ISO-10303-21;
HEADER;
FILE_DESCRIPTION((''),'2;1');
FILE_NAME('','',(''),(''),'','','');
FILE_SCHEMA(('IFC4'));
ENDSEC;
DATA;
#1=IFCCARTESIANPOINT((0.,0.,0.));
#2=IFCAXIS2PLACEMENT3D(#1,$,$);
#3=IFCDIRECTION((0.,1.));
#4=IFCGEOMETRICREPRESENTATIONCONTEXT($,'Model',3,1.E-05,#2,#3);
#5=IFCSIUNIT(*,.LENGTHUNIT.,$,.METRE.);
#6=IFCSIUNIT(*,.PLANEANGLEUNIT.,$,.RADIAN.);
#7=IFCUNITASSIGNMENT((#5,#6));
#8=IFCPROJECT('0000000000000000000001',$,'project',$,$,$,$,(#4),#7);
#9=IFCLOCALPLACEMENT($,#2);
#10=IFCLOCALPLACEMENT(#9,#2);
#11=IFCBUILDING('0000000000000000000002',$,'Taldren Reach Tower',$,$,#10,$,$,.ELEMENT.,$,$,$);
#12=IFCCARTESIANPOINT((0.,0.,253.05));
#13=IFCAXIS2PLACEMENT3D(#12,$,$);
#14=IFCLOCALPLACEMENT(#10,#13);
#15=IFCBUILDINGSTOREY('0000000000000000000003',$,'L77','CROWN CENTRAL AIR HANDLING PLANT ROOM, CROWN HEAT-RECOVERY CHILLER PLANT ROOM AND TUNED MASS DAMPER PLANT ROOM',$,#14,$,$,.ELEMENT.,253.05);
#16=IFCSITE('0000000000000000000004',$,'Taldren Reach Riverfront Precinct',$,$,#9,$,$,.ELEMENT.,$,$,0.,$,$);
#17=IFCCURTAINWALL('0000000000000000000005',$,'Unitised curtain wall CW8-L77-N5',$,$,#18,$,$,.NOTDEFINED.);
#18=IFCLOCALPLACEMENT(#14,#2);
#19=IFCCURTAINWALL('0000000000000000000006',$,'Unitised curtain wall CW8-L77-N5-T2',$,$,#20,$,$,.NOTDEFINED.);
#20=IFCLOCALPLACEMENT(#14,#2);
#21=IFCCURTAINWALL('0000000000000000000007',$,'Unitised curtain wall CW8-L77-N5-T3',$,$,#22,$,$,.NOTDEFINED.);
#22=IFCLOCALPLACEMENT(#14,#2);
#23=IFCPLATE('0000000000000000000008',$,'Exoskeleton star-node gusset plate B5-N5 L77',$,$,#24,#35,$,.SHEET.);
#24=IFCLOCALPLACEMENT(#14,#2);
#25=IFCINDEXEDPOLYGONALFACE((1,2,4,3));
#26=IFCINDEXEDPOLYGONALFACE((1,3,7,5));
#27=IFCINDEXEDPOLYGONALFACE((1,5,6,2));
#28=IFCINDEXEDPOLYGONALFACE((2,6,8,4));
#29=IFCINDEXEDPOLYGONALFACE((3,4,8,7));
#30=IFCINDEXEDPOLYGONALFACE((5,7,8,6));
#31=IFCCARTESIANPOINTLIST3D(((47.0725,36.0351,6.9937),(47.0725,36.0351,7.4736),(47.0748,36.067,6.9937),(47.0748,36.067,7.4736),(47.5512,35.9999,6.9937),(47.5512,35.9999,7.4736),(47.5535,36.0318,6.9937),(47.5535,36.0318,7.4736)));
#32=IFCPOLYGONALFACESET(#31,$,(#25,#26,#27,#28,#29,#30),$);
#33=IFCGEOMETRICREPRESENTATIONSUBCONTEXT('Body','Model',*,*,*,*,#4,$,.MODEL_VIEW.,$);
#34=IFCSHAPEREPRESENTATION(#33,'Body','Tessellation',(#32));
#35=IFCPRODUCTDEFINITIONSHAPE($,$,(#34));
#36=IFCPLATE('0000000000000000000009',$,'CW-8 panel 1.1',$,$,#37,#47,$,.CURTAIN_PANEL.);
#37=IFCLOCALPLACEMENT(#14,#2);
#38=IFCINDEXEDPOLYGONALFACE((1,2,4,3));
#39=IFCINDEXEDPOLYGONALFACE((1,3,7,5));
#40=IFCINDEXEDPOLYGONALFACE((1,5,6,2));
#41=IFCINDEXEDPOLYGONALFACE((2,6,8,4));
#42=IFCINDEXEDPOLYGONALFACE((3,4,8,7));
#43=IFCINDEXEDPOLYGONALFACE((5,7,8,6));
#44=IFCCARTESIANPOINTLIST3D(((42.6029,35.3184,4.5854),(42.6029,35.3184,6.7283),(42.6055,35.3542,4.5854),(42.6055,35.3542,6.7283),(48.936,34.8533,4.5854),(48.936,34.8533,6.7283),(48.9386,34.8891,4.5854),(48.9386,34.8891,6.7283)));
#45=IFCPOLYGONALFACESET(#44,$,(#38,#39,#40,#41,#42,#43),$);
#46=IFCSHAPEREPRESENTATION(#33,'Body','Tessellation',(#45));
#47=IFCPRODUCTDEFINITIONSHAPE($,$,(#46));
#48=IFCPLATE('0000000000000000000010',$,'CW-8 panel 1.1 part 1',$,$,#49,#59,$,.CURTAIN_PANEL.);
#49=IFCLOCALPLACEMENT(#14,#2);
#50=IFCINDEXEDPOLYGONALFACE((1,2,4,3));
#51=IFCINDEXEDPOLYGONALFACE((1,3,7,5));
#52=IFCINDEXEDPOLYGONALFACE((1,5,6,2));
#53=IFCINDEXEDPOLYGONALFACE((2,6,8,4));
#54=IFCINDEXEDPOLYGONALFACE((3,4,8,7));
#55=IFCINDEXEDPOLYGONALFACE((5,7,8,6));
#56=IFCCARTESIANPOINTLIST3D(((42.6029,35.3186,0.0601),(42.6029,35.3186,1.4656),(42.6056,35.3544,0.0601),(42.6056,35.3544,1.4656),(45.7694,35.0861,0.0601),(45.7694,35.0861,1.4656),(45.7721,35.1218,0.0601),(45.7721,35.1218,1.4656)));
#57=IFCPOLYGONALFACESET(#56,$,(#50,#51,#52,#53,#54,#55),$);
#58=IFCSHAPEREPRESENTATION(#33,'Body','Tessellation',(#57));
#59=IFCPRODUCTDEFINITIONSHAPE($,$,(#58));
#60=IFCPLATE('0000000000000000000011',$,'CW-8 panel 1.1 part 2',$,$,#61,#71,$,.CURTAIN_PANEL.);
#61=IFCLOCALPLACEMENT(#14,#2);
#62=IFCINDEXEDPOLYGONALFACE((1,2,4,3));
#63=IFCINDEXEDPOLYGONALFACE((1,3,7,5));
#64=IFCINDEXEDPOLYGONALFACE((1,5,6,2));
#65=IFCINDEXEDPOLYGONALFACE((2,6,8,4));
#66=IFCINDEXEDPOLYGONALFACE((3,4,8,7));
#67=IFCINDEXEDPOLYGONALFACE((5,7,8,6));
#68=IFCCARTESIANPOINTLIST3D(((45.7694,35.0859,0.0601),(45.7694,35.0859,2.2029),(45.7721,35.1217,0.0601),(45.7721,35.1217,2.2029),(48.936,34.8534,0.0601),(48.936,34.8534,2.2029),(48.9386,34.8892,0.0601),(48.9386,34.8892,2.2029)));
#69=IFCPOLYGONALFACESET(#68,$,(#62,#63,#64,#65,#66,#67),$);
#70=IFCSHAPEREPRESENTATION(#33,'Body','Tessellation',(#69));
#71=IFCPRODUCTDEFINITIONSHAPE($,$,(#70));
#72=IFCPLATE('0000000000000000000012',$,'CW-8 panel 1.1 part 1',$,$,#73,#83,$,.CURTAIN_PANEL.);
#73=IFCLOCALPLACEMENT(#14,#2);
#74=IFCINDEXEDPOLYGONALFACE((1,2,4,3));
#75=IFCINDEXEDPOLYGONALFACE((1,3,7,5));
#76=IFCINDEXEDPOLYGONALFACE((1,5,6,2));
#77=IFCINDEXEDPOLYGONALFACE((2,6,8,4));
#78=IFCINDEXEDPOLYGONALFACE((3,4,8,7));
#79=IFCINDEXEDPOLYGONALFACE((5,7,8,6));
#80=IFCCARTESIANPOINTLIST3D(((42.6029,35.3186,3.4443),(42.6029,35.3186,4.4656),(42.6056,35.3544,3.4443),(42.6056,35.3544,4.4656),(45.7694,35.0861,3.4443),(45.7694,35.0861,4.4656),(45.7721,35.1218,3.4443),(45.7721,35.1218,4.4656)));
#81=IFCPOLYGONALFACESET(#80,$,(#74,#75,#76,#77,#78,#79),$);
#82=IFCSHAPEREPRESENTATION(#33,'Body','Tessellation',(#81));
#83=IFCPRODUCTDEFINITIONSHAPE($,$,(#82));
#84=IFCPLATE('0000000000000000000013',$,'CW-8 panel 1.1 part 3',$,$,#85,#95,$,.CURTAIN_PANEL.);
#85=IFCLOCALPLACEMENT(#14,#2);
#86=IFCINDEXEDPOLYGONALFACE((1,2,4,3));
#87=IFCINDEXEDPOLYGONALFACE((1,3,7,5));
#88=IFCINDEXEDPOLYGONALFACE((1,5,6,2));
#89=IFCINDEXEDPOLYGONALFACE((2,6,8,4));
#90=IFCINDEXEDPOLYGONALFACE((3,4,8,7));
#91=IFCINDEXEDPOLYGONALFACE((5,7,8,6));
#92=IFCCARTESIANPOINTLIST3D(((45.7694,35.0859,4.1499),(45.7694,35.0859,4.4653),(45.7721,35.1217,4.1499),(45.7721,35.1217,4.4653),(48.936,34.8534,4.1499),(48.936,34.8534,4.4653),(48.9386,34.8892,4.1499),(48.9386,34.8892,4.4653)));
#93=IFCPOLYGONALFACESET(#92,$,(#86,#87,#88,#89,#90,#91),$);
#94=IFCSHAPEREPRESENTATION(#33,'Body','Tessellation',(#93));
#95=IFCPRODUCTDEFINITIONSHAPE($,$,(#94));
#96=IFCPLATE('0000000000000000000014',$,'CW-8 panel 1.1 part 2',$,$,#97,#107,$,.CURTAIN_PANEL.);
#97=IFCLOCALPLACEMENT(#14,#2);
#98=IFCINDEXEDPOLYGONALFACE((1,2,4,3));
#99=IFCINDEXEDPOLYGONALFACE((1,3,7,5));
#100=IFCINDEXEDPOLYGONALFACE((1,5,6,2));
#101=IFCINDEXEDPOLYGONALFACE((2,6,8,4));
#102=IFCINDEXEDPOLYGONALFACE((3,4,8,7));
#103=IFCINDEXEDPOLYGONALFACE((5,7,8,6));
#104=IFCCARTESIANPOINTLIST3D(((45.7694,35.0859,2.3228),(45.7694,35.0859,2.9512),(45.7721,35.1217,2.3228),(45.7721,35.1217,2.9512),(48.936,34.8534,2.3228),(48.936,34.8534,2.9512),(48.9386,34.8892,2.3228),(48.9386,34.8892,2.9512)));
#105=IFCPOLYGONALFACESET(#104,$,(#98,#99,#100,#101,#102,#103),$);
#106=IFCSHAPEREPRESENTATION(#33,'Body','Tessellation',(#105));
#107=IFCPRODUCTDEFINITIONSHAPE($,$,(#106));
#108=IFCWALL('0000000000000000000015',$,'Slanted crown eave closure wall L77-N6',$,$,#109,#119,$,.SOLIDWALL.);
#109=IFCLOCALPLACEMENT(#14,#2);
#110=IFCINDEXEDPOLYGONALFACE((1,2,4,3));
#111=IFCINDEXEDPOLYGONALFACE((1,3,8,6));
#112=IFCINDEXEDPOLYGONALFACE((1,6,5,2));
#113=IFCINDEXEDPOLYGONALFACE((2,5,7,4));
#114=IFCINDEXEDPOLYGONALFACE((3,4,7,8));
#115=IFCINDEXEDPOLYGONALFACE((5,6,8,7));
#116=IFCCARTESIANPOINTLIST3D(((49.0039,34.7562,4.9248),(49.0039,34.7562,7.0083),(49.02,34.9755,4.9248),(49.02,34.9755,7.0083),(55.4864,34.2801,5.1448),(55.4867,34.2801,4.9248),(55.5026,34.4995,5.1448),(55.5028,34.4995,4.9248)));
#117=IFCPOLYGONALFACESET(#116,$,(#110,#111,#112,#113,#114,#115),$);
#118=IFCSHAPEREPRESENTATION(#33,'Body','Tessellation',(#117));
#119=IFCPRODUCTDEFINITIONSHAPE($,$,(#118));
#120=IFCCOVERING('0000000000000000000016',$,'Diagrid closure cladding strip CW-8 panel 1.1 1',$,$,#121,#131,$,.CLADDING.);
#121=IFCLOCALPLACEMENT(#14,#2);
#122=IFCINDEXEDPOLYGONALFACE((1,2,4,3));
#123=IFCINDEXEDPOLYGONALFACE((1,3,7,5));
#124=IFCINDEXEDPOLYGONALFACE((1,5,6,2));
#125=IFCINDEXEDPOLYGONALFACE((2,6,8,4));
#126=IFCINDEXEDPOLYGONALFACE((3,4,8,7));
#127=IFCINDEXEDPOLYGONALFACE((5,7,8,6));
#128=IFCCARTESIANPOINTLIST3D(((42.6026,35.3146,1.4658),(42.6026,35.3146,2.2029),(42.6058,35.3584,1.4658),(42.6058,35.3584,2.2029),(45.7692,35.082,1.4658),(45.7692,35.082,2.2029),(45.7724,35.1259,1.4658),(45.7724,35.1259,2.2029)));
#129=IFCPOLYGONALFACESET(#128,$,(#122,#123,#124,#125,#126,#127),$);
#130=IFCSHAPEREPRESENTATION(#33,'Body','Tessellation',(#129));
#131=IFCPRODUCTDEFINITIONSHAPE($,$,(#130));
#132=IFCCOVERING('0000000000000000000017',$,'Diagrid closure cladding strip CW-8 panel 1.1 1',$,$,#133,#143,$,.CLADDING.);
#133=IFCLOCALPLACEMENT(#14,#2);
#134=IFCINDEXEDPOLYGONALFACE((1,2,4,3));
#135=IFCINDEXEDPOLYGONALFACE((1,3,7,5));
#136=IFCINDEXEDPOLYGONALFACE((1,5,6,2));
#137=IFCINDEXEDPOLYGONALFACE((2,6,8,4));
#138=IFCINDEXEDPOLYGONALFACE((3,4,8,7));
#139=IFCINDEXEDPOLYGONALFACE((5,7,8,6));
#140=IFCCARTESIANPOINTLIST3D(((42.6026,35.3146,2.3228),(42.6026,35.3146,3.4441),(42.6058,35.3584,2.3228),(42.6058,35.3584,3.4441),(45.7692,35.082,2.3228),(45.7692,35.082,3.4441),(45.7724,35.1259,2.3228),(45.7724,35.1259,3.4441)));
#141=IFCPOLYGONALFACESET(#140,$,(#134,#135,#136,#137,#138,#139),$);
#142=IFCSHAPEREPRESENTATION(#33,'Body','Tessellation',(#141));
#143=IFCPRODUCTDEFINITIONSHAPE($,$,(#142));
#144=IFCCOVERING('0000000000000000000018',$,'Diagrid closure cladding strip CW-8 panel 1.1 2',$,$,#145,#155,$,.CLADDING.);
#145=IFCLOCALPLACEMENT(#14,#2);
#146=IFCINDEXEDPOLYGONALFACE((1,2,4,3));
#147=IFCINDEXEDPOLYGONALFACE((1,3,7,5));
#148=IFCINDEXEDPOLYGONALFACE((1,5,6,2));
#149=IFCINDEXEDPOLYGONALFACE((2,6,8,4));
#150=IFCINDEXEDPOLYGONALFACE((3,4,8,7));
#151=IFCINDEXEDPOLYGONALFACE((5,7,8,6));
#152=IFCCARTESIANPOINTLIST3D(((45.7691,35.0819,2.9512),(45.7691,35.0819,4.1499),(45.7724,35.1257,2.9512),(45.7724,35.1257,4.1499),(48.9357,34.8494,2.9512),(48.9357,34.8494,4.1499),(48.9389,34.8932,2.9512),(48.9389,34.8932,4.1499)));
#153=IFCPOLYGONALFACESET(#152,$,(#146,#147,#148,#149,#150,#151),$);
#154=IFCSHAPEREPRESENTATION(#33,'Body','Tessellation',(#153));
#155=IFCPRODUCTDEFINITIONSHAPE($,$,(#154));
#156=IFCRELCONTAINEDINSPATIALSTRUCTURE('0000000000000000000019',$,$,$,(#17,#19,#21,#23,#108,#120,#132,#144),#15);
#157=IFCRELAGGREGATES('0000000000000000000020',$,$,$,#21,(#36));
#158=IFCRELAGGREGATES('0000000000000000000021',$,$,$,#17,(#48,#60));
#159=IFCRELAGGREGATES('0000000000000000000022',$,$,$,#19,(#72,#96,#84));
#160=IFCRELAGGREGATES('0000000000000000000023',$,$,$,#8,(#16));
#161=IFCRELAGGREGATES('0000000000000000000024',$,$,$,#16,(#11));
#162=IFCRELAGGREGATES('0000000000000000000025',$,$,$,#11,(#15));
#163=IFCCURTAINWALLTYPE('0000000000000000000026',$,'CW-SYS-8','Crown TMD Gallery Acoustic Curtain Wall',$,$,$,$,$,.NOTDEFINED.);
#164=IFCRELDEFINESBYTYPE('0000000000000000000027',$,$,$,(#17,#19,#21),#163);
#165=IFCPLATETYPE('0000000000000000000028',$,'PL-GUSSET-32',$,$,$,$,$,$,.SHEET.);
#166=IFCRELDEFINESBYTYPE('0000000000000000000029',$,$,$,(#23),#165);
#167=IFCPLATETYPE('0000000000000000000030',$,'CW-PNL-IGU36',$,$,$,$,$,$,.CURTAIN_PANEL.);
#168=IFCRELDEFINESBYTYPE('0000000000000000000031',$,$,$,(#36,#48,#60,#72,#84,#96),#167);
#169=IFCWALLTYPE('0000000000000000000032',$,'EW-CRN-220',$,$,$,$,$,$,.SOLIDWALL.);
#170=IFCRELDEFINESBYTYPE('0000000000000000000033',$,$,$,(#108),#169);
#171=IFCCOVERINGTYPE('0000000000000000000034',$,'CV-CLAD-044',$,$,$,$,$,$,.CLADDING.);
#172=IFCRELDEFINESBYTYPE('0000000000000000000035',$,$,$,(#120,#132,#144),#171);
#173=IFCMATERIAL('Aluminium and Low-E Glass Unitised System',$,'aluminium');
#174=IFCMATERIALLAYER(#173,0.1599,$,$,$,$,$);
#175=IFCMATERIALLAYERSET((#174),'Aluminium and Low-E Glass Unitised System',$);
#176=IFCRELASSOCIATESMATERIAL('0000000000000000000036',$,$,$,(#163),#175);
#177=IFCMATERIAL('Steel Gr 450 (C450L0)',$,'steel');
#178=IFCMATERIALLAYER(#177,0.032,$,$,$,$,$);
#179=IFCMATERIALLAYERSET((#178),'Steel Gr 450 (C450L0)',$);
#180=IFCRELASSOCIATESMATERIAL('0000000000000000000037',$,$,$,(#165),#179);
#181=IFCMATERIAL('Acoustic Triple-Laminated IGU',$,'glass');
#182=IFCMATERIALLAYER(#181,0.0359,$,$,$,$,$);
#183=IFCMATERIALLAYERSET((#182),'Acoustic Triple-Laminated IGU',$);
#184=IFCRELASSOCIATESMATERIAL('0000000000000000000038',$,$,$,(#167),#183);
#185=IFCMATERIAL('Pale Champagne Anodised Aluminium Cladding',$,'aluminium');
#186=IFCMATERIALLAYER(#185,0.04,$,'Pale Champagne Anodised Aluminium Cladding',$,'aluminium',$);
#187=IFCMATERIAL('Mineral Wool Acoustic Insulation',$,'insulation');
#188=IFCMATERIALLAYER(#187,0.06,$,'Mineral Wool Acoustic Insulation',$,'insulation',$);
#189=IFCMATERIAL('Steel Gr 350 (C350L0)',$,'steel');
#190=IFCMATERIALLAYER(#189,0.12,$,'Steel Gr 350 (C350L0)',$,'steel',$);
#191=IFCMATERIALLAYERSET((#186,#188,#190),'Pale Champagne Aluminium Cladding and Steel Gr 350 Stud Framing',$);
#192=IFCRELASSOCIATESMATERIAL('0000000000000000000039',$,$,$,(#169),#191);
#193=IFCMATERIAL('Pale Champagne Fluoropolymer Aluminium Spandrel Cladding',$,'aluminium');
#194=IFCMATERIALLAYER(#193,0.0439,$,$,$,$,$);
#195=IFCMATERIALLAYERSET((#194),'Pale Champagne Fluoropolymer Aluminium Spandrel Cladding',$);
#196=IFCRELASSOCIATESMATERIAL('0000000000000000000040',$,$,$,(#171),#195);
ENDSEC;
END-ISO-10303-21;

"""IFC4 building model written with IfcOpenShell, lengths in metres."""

from ifc_helpers import new_model, si_unit, direction, frame, origin, origin_2d, place, context, subcontext, project, spatial, polyline, rectangle, outline, extrude, source, transform, mapped, material, layer, layer_set, type_object, element, aggregate, save


model = new_model("IFC4")

# Units and contexts
model_context = context("Model", 3, precision=1e-05, world=origin(), true_north=direction((0.0, 1.0)))
body_context = subcontext(model_context, "Body", "Model", "MODEL_VIEW")
ifc_project = project(units=[si_unit("LENGTHUNIT", "METRE"), si_unit("PLANEANGLEUNIT", "RADIAN")], contexts=[model_context])

# Site, building, storey
site_placement = place(None, origin())
site = spatial("IfcSite", under=ifc_project, at=site_placement, Name="Taldren Reach Riverfront Precinct", CompositionType="ELEMENT", RefElevation=0.0)
building_placement = place(site_placement, origin())
building = spatial("IfcBuilding", under=site, at=building_placement, Name="Taldren Reach Tower", CompositionType="ELEMENT")
storey_placement = place(building_placement, frame((0.0, 0.0, 253.05)))
storey = spatial("IfcBuildingStorey", under=building, at=storey_placement, Name="L77", Description="CROWN CENTRAL AIR HANDLING PLANT ROOM, CROWN HEAT-RECOVERY CHILLER PLANT ROOM AND TUNED MASS DAMPER PLANT ROOM", CompositionType="ELEMENT", Elevation=253.05)

# Shared definitions
ifc_material_1 = material(Name="Steel Gr 350 (C350L0)", Category="steel")
ifc_material_2 = material(Name="Steel Gr 450 (C450L0)", Category="steel")

# Curtain walls
ifc_material_3 = material(Name="Aluminium and Low-E Glass Unitised System", Category="aluminium")
ifc_layer_1 = layer(ifc_material_3, 0.1599)
ifc_layer_set_1 = layer_set([ifc_layer_1], Name="Aluminium and Low-E Glass Unitised System")
curtain_wall_type = type_object("IfcCurtainWallType", Name="CW-SYS-8", Description="Crown TMD Gallery Acoustic Curtain Wall", PredefinedType="NOTDEFINED", material=ifc_layer_set_1)
curtain_wall_1_placement = place(storey_placement, origin())
curtain_wall_1 = element("IfcCurtainWall", 1, at=curtain_wall_1_placement, inside=storey, type_object=curtain_wall_type, Name="Unitised curtain wall CW8-L77-N5", PredefinedType="NOTDEFINED")
curtain_wall_2_placement = place(storey_placement, origin())
curtain_wall_2 = element("IfcCurtainWall", 2, at=curtain_wall_2_placement, inside=storey, type_object=curtain_wall_type, Name="Unitised curtain wall CW8-L77-N5-T2", PredefinedType="NOTDEFINED")
curtain_wall_3_placement = place(storey_placement, origin())
curtain_wall_3 = element("IfcCurtainWall", 3, at=curtain_wall_3_placement, inside=storey, type_object=curtain_wall_type, Name="Unitised curtain wall CW8-L77-N5-T3", PredefinedType="NOTDEFINED")

# Plate
ifc_layer_2 = layer(ifc_material_2, 0.032)
ifc_layer_set_2 = layer_set([ifc_layer_2], Name="Steel Gr 450 (C450L0)")
plate_type_1 = type_object("IfcPlateType", Name="PL-GUSSET-32", PredefinedType="SHEET", material=ifc_layer_set_2)
shared_shape_1 = source(origin(), body_context, "Body", "SweptSolid", [
    extrude(rectangle(XDim=0.48, YDim=0.032, at=origin_2d()), origin(), (0.0, 0.0, 1.0), 0.48),
])
plate_1_placement = place(storey_placement, frame((47.313, 36.0334, 6.9937), z_axis=(0.0, 0.0, 1.0), x_axis=(0.997314, -0.073238, 0.0)))
element("IfcPlate", 4, at=plate_1_placement, inside=storey, type_object=plate_type_1, Name="Exoskeleton star-node gusset plate B5-N5 L77", PredefinedType="SHEET", context=body_context, shape_type="MappedRepresentation", body=[
    mapped(shared_shape_1, transform((0.0, 0.0, 0.0), scale=1.0)),
])

# Plates
ifc_material_4 = material(Name="Acoustic Triple-Laminated IGU", Category="glass")
ifc_layer_3 = layer(ifc_material_4, 0.0359)
ifc_layer_set_3 = layer_set([ifc_layer_3], Name="Acoustic Triple-Laminated IGU")
plate_type_2 = type_object("IfcPlateType", Name="CW-PNL-IGU36", PredefinedType="CURTAIN_PANEL", material=ifc_layer_set_3)
shared_shape_2 = source(origin(), body_context, "Body", "SweptSolid", [
    extrude(rectangle(XDim=6.3501, YDim=0.0359, at=origin_2d()), origin(), (0.0, 0.0, 1.0), 2.1428),
])
plate_2_placement = place(storey_placement, frame((45.7708, 35.1038, 4.5854), z_axis=(0.0, 0.0, 1.0), x_axis=(0.997314, -0.073238, 0.0)))
plate_2 = element("IfcPlate", 5, at=plate_2_placement, type_object=plate_type_2, Name="CW-8 panel 1.1", PredefinedType="CURTAIN_PANEL", context=body_context, shape_type="MappedRepresentation", body=[
    mapped(shared_shape_2, transform((0.0, 0.0, 0.0), scale=1.0)),
])
aggregate(curtain_wall_3, [plate_2])
shared_shape_3 = source(origin(), body_context, "Body", "SweptSolid", [
    extrude(rectangle(XDim=3.175, YDim=0.0359, at=origin_2d()), origin(), (0.0, 0.0, 1.0), 1.4055),
])
plate_3_placement = place(storey_placement, frame((44.1875, 35.2202, 0.0601), z_axis=(0.0, 0.0, 1.0), x_axis=(0.997314, -0.073238, 0.0)))
plate_3 = element("IfcPlate", 6, at=plate_3_placement, type_object=plate_type_2, Name="CW-8 panel 1.1 part 1", PredefinedType="CURTAIN_PANEL", context=body_context, shape_type="MappedRepresentation", body=[
    mapped(shared_shape_3, transform((0.0, 0.0, 0.0), scale=1.0)),
])
shared_shape_4 = source(origin(), body_context, "Body", "SweptSolid", [
    extrude(rectangle(XDim=3.175, YDim=0.0359, at=origin_2d()), origin(), (0.0, 0.0, 1.0), 2.1428),
])
plate_4_placement = place(storey_placement, frame((47.354, 34.9875, 0.0601), z_axis=(0.0, 0.0, 1.0), x_axis=(0.997314, -0.073238, 0.0)))
plate_4 = element("IfcPlate", 7, at=plate_4_placement, type_object=plate_type_2, Name="CW-8 panel 1.1 part 2", PredefinedType="CURTAIN_PANEL", context=body_context, shape_type="MappedRepresentation", body=[
    mapped(shared_shape_4, transform((0.0, 0.0, 0.0), scale=1.0)),
])
aggregate(curtain_wall_1, [plate_3, plate_4])
shared_shape_5 = source(origin(), body_context, "Body", "SweptSolid", [
    extrude(rectangle(XDim=3.175, YDim=0.0359, at=origin_2d()), origin(), (0.0, 0.0, 1.0), 1.0212),
])
plate_5_placement = place(storey_placement, frame((44.1875, 35.2202, 3.4443), z_axis=(0.0, 0.0, 1.0), x_axis=(0.997314, -0.073238, 0.0)))
plate_5 = element("IfcPlate", 8, at=plate_5_placement, type_object=plate_type_2, Name="CW-8 panel 1.1 part 1", PredefinedType="CURTAIN_PANEL", context=body_context, shape_type="MappedRepresentation", body=[
    mapped(shared_shape_5, transform((0.0, 0.0, 0.0), scale=1.0)),
])
shared_shape_6 = source(origin(), body_context, "Body", "SweptSolid", [
    extrude(rectangle(XDim=3.175, YDim=0.0359, at=origin_2d()), origin(), (0.0, 0.0, 1.0), 0.3154),
])
plate_6_placement = place(storey_placement, frame((47.354, 34.9875, 4.1499), z_axis=(0.0, 0.0, 1.0), x_axis=(0.997314, -0.073238, 0.0)))
plate_6 = element("IfcPlate", 9, at=plate_6_placement, type_object=plate_type_2, Name="CW-8 panel 1.1 part 3", PredefinedType="CURTAIN_PANEL", context=body_context, shape_type="MappedRepresentation", body=[
    mapped(shared_shape_6, transform((0.0, 0.0, 0.0), scale=1.0)),
])
shared_shape_7 = source(origin(), body_context, "Body", "SweptSolid", [
    extrude(rectangle(XDim=3.175, YDim=0.0359, at=origin_2d()), origin(), (0.0, 0.0, 1.0), 0.6284),
])
plate_7_placement = place(storey_placement, frame((47.354, 34.9875, 2.3228), z_axis=(0.0, 0.0, 1.0), x_axis=(0.997314, -0.073238, 0.0)))
plate_7 = element("IfcPlate", 10, at=plate_7_placement, type_object=plate_type_2, Name="CW-8 panel 1.1 part 2", PredefinedType="CURTAIN_PANEL", context=body_context, shape_type="MappedRepresentation", body=[
    mapped(shared_shape_7, transform((0.0, 0.0, 0.0), scale=1.0)),
])
aggregate(curtain_wall_2, [plate_5, plate_7, plate_6])

# Wall
ifc_material_5 = material(Name="Pale Champagne Anodised Aluminium Cladding", Category="aluminium")
ifc_layer_4 = layer(ifc_material_5, 0.04, Name="Pale Champagne Anodised Aluminium Cladding", Category="aluminium")
ifc_material_6 = material(Name="Mineral Wool Acoustic Insulation", Category="insulation")
ifc_layer_5 = layer(ifc_material_6, 0.06, Name="Mineral Wool Acoustic Insulation", Category="insulation")
ifc_layer_6 = layer(ifc_material_1, 0.12, Name="Steel Gr 350 (C350L0)", Category="steel")
ifc_layer_set_4 = layer_set([ifc_layer_4, ifc_layer_5, ifc_layer_6], Name="Pale Champagne Aluminium Cladding and Steel Gr 350 Stud Framing")
wall_type = type_object("IfcWallType", Name="EW-CRN-220", PredefinedType="SOLIDWALL", material=ifc_layer_set_4)
wall_placement = place(storey_placement, frame((49.012, 34.866, 4.9248), z_axis=(0.0, 0.0, 1.0), x_axis=(0.997314, -0.073241, 0.0)))
element("IfcWall", 11, at=wall_placement, inside=storey, type_object=wall_type, Name="Slanted crown eave closure wall L77-N6", PredefinedType="SOLIDWALL", context=body_context, shape_type="SweptSolid", body=[
    extrude(outline(polyline([(0.0, 0.0), (6.5002, 0.0), (6.5, 0.22), (0.0, 2.0835), (0.0, 0.0)])), frame((0.0, 0.1099, 0.0), z_axis=(0.0, -1.0, 0.0), x_axis=(1.0, 0.0, 0.0)), (0.0, 0.0, 1.0), 0.22),
])

# Coverings
ifc_material_7 = material(Name="Pale Champagne Fluoropolymer Aluminium Spandrel Cladding", Category="aluminium")
ifc_layer_7 = layer(ifc_material_7, 0.0439)
ifc_layer_set_5 = layer_set([ifc_layer_7], Name="Pale Champagne Fluoropolymer Aluminium Spandrel Cladding")
covering_type = type_object("IfcCoveringType", Name="CV-CLAD-044", PredefinedType="CLADDING", material=ifc_layer_set_5)
shared_shape_8 = source(origin(), body_context, "Body", "SweptSolid", [
    extrude(rectangle(XDim=3.175, YDim=0.0439, at=origin_2d()), origin(), (0.0, 0.0, 1.0), 0.7371),
])
covering_1_placement = place(storey_placement, frame((44.1875, 35.2202, 1.4658), z_axis=(0.0, 0.0, 1.0), x_axis=(0.997314, -0.073238, 0.0)))
element("IfcCovering", 12, at=covering_1_placement, inside=storey, type_object=covering_type, Name="Diagrid closure cladding strip CW-8 panel 1.1 1", PredefinedType="CLADDING", context=body_context, shape_type="MappedRepresentation", body=[
    mapped(shared_shape_8, transform((0.0, 0.0, 0.0), scale=1.0)),
])
shared_shape_9 = source(origin(), body_context, "Body", "SweptSolid", [
    extrude(rectangle(XDim=3.175, YDim=0.0439, at=origin_2d()), origin(), (0.0, 0.0, 1.0), 1.1213),
])
covering_2_placement = place(storey_placement, frame((44.1875, 35.2202, 2.3228), z_axis=(0.0, 0.0, 1.0), x_axis=(0.997314, -0.073238, 0.0)))
element("IfcCovering", 13, at=covering_2_placement, inside=storey, type_object=covering_type, Name="Diagrid closure cladding strip CW-8 panel 1.1 1", PredefinedType="CLADDING", context=body_context, shape_type="MappedRepresentation", body=[
    mapped(shared_shape_9, transform((0.0, 0.0, 0.0), scale=1.0)),
])
shared_shape_10 = source(origin(), body_context, "Body", "SweptSolid", [
    extrude(rectangle(XDim=3.175, YDim=0.0439, at=origin_2d()), origin(), (0.0, 0.0, 1.0), 1.1987),
])
covering_3_placement = place(storey_placement, frame((47.354, 34.9875, 2.9512), z_axis=(0.0, 0.0, 1.0), x_axis=(0.997314, -0.073238, 0.0)))
element("IfcCovering", 14, at=covering_3_placement, inside=storey, type_object=covering_type, Name="Diagrid closure cladding strip CW-8 panel 1.1 2", PredefinedType="CLADDING", context=body_context, shape_type="MappedRepresentation", body=[
    mapped(shared_shape_10, transform((0.0, 0.0, 0.0), scale=1.0)),
])

save(model, "model.ifc")
